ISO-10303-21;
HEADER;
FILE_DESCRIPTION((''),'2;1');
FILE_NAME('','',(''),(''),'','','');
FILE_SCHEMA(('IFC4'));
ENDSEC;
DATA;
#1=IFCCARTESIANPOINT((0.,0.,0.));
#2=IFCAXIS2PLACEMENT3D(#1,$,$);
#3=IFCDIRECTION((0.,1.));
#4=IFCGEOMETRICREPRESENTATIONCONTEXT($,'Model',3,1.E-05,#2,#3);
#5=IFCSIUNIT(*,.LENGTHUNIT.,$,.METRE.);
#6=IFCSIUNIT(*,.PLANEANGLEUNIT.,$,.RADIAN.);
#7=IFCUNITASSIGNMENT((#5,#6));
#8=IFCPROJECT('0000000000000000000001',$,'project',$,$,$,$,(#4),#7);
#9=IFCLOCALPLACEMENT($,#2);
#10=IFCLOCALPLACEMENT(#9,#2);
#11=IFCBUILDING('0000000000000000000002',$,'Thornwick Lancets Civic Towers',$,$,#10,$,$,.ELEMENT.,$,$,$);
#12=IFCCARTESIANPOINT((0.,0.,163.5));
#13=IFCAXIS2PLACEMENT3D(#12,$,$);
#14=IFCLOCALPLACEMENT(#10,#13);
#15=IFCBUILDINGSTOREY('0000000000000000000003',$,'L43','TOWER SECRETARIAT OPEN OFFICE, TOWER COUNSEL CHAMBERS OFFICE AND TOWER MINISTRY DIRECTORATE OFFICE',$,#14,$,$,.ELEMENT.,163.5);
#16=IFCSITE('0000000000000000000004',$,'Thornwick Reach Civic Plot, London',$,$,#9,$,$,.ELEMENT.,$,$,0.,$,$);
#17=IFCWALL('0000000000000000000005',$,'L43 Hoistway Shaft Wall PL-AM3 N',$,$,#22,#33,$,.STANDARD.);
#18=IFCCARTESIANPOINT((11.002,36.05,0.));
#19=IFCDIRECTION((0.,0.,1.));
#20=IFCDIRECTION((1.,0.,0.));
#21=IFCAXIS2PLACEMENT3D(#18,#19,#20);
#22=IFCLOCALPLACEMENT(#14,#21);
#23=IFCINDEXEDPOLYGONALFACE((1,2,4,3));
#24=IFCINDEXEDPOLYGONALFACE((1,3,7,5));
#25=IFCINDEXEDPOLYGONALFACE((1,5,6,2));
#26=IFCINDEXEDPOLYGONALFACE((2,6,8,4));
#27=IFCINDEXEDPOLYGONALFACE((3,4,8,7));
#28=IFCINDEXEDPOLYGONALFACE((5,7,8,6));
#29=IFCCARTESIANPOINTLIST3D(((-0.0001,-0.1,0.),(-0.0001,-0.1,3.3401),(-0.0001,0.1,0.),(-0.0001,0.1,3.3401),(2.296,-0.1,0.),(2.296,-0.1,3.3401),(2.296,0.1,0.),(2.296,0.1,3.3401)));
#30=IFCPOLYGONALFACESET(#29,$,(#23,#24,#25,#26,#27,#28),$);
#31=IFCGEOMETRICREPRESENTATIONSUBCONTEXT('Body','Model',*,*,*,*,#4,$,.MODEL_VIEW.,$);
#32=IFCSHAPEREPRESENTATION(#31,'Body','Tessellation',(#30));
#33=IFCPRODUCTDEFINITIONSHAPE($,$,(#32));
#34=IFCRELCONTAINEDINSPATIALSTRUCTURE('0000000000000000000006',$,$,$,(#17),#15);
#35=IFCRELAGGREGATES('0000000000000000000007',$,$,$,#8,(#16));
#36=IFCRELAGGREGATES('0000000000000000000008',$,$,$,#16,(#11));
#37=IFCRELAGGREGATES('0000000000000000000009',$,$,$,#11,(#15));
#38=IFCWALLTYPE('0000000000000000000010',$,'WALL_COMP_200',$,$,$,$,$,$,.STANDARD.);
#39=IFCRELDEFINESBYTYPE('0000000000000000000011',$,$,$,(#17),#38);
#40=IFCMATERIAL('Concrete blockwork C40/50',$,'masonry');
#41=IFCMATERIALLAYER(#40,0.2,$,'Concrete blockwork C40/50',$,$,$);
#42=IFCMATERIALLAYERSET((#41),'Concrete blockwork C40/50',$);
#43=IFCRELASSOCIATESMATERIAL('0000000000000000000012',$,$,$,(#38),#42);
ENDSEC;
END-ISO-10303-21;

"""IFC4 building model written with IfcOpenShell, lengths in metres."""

from ifc_helpers import new_model, si_unit, direction, frame, frame_2d, origin, place, context, subcontext, project, spatial, rectangle, extrude, material, layer, layer_set, type_object, element, save


model = new_model("IFC4")

# Units and contexts
model_context = context("Model", 3, precision=1e-05, world=origin(), true_north=direction((0.0, 1.0)))
body_context = subcontext(model_context, "Body", "Model", "MODEL_VIEW")
ifc_project = project(units=[si_unit("LENGTHUNIT", "METRE"), si_unit("PLANEANGLEUNIT", "RADIAN")], contexts=[model_context])

# Site, building, storey
site_placement = place(None, origin())
site = spatial("IfcSite", under=ifc_project, at=site_placement, Name="Thornwick Reach Civic Plot, London", CompositionType="ELEMENT", RefElevation=0.0)
building_placement = place(site_placement, origin())
building = spatial("IfcBuilding", under=site, at=building_placement, Name="Thornwick Lancets Civic Towers", CompositionType="ELEMENT")
storey_placement = place(building_placement, frame((0.0, 0.0, 163.5)))
storey = spatial("IfcBuildingStorey", under=building, at=storey_placement, Name="L43", Description="TOWER SECRETARIAT OPEN OFFICE, TOWER COUNSEL CHAMBERS OFFICE AND TOWER MINISTRY DIRECTORATE OFFICE", CompositionType="ELEMENT", Elevation=163.5)

# Wall
ifc_material_1 = material(Name="Concrete blockwork C40/50", Category="masonry")
ifc_layer_1 = layer(ifc_material_1, 0.2, Name="Concrete blockwork C40/50")
ifc_layer_set_1 = layer_set([ifc_layer_1], Name="Concrete blockwork C40/50")
wall_type_1 = type_object("IfcWallType", Name="WALL_COMP_200", PredefinedType="STANDARD", material=ifc_layer_set_1)
wall_1_placement = place(storey_placement, frame((11.002, 36.05, 0.0), z_axis=(0.0, 0.0, 1.0), x_axis=(1.0, 0.0, 0.0)))
element("IfcWall", 1, at=wall_1_placement, inside=storey, type_object=wall_type_1, Name="L43 Hoistway Shaft Wall PL-AM3 N", PredefinedType="STANDARD", context=body_context, shape_type="SweptSolid", body=[
    extrude(rectangle(XDim=2.2961, YDim=0.2, at=frame_2d((1.1479, 0.0))), origin(), (0.0, 0.0, 1.0), 3.3401),
])

save(model, "model.ifc")
